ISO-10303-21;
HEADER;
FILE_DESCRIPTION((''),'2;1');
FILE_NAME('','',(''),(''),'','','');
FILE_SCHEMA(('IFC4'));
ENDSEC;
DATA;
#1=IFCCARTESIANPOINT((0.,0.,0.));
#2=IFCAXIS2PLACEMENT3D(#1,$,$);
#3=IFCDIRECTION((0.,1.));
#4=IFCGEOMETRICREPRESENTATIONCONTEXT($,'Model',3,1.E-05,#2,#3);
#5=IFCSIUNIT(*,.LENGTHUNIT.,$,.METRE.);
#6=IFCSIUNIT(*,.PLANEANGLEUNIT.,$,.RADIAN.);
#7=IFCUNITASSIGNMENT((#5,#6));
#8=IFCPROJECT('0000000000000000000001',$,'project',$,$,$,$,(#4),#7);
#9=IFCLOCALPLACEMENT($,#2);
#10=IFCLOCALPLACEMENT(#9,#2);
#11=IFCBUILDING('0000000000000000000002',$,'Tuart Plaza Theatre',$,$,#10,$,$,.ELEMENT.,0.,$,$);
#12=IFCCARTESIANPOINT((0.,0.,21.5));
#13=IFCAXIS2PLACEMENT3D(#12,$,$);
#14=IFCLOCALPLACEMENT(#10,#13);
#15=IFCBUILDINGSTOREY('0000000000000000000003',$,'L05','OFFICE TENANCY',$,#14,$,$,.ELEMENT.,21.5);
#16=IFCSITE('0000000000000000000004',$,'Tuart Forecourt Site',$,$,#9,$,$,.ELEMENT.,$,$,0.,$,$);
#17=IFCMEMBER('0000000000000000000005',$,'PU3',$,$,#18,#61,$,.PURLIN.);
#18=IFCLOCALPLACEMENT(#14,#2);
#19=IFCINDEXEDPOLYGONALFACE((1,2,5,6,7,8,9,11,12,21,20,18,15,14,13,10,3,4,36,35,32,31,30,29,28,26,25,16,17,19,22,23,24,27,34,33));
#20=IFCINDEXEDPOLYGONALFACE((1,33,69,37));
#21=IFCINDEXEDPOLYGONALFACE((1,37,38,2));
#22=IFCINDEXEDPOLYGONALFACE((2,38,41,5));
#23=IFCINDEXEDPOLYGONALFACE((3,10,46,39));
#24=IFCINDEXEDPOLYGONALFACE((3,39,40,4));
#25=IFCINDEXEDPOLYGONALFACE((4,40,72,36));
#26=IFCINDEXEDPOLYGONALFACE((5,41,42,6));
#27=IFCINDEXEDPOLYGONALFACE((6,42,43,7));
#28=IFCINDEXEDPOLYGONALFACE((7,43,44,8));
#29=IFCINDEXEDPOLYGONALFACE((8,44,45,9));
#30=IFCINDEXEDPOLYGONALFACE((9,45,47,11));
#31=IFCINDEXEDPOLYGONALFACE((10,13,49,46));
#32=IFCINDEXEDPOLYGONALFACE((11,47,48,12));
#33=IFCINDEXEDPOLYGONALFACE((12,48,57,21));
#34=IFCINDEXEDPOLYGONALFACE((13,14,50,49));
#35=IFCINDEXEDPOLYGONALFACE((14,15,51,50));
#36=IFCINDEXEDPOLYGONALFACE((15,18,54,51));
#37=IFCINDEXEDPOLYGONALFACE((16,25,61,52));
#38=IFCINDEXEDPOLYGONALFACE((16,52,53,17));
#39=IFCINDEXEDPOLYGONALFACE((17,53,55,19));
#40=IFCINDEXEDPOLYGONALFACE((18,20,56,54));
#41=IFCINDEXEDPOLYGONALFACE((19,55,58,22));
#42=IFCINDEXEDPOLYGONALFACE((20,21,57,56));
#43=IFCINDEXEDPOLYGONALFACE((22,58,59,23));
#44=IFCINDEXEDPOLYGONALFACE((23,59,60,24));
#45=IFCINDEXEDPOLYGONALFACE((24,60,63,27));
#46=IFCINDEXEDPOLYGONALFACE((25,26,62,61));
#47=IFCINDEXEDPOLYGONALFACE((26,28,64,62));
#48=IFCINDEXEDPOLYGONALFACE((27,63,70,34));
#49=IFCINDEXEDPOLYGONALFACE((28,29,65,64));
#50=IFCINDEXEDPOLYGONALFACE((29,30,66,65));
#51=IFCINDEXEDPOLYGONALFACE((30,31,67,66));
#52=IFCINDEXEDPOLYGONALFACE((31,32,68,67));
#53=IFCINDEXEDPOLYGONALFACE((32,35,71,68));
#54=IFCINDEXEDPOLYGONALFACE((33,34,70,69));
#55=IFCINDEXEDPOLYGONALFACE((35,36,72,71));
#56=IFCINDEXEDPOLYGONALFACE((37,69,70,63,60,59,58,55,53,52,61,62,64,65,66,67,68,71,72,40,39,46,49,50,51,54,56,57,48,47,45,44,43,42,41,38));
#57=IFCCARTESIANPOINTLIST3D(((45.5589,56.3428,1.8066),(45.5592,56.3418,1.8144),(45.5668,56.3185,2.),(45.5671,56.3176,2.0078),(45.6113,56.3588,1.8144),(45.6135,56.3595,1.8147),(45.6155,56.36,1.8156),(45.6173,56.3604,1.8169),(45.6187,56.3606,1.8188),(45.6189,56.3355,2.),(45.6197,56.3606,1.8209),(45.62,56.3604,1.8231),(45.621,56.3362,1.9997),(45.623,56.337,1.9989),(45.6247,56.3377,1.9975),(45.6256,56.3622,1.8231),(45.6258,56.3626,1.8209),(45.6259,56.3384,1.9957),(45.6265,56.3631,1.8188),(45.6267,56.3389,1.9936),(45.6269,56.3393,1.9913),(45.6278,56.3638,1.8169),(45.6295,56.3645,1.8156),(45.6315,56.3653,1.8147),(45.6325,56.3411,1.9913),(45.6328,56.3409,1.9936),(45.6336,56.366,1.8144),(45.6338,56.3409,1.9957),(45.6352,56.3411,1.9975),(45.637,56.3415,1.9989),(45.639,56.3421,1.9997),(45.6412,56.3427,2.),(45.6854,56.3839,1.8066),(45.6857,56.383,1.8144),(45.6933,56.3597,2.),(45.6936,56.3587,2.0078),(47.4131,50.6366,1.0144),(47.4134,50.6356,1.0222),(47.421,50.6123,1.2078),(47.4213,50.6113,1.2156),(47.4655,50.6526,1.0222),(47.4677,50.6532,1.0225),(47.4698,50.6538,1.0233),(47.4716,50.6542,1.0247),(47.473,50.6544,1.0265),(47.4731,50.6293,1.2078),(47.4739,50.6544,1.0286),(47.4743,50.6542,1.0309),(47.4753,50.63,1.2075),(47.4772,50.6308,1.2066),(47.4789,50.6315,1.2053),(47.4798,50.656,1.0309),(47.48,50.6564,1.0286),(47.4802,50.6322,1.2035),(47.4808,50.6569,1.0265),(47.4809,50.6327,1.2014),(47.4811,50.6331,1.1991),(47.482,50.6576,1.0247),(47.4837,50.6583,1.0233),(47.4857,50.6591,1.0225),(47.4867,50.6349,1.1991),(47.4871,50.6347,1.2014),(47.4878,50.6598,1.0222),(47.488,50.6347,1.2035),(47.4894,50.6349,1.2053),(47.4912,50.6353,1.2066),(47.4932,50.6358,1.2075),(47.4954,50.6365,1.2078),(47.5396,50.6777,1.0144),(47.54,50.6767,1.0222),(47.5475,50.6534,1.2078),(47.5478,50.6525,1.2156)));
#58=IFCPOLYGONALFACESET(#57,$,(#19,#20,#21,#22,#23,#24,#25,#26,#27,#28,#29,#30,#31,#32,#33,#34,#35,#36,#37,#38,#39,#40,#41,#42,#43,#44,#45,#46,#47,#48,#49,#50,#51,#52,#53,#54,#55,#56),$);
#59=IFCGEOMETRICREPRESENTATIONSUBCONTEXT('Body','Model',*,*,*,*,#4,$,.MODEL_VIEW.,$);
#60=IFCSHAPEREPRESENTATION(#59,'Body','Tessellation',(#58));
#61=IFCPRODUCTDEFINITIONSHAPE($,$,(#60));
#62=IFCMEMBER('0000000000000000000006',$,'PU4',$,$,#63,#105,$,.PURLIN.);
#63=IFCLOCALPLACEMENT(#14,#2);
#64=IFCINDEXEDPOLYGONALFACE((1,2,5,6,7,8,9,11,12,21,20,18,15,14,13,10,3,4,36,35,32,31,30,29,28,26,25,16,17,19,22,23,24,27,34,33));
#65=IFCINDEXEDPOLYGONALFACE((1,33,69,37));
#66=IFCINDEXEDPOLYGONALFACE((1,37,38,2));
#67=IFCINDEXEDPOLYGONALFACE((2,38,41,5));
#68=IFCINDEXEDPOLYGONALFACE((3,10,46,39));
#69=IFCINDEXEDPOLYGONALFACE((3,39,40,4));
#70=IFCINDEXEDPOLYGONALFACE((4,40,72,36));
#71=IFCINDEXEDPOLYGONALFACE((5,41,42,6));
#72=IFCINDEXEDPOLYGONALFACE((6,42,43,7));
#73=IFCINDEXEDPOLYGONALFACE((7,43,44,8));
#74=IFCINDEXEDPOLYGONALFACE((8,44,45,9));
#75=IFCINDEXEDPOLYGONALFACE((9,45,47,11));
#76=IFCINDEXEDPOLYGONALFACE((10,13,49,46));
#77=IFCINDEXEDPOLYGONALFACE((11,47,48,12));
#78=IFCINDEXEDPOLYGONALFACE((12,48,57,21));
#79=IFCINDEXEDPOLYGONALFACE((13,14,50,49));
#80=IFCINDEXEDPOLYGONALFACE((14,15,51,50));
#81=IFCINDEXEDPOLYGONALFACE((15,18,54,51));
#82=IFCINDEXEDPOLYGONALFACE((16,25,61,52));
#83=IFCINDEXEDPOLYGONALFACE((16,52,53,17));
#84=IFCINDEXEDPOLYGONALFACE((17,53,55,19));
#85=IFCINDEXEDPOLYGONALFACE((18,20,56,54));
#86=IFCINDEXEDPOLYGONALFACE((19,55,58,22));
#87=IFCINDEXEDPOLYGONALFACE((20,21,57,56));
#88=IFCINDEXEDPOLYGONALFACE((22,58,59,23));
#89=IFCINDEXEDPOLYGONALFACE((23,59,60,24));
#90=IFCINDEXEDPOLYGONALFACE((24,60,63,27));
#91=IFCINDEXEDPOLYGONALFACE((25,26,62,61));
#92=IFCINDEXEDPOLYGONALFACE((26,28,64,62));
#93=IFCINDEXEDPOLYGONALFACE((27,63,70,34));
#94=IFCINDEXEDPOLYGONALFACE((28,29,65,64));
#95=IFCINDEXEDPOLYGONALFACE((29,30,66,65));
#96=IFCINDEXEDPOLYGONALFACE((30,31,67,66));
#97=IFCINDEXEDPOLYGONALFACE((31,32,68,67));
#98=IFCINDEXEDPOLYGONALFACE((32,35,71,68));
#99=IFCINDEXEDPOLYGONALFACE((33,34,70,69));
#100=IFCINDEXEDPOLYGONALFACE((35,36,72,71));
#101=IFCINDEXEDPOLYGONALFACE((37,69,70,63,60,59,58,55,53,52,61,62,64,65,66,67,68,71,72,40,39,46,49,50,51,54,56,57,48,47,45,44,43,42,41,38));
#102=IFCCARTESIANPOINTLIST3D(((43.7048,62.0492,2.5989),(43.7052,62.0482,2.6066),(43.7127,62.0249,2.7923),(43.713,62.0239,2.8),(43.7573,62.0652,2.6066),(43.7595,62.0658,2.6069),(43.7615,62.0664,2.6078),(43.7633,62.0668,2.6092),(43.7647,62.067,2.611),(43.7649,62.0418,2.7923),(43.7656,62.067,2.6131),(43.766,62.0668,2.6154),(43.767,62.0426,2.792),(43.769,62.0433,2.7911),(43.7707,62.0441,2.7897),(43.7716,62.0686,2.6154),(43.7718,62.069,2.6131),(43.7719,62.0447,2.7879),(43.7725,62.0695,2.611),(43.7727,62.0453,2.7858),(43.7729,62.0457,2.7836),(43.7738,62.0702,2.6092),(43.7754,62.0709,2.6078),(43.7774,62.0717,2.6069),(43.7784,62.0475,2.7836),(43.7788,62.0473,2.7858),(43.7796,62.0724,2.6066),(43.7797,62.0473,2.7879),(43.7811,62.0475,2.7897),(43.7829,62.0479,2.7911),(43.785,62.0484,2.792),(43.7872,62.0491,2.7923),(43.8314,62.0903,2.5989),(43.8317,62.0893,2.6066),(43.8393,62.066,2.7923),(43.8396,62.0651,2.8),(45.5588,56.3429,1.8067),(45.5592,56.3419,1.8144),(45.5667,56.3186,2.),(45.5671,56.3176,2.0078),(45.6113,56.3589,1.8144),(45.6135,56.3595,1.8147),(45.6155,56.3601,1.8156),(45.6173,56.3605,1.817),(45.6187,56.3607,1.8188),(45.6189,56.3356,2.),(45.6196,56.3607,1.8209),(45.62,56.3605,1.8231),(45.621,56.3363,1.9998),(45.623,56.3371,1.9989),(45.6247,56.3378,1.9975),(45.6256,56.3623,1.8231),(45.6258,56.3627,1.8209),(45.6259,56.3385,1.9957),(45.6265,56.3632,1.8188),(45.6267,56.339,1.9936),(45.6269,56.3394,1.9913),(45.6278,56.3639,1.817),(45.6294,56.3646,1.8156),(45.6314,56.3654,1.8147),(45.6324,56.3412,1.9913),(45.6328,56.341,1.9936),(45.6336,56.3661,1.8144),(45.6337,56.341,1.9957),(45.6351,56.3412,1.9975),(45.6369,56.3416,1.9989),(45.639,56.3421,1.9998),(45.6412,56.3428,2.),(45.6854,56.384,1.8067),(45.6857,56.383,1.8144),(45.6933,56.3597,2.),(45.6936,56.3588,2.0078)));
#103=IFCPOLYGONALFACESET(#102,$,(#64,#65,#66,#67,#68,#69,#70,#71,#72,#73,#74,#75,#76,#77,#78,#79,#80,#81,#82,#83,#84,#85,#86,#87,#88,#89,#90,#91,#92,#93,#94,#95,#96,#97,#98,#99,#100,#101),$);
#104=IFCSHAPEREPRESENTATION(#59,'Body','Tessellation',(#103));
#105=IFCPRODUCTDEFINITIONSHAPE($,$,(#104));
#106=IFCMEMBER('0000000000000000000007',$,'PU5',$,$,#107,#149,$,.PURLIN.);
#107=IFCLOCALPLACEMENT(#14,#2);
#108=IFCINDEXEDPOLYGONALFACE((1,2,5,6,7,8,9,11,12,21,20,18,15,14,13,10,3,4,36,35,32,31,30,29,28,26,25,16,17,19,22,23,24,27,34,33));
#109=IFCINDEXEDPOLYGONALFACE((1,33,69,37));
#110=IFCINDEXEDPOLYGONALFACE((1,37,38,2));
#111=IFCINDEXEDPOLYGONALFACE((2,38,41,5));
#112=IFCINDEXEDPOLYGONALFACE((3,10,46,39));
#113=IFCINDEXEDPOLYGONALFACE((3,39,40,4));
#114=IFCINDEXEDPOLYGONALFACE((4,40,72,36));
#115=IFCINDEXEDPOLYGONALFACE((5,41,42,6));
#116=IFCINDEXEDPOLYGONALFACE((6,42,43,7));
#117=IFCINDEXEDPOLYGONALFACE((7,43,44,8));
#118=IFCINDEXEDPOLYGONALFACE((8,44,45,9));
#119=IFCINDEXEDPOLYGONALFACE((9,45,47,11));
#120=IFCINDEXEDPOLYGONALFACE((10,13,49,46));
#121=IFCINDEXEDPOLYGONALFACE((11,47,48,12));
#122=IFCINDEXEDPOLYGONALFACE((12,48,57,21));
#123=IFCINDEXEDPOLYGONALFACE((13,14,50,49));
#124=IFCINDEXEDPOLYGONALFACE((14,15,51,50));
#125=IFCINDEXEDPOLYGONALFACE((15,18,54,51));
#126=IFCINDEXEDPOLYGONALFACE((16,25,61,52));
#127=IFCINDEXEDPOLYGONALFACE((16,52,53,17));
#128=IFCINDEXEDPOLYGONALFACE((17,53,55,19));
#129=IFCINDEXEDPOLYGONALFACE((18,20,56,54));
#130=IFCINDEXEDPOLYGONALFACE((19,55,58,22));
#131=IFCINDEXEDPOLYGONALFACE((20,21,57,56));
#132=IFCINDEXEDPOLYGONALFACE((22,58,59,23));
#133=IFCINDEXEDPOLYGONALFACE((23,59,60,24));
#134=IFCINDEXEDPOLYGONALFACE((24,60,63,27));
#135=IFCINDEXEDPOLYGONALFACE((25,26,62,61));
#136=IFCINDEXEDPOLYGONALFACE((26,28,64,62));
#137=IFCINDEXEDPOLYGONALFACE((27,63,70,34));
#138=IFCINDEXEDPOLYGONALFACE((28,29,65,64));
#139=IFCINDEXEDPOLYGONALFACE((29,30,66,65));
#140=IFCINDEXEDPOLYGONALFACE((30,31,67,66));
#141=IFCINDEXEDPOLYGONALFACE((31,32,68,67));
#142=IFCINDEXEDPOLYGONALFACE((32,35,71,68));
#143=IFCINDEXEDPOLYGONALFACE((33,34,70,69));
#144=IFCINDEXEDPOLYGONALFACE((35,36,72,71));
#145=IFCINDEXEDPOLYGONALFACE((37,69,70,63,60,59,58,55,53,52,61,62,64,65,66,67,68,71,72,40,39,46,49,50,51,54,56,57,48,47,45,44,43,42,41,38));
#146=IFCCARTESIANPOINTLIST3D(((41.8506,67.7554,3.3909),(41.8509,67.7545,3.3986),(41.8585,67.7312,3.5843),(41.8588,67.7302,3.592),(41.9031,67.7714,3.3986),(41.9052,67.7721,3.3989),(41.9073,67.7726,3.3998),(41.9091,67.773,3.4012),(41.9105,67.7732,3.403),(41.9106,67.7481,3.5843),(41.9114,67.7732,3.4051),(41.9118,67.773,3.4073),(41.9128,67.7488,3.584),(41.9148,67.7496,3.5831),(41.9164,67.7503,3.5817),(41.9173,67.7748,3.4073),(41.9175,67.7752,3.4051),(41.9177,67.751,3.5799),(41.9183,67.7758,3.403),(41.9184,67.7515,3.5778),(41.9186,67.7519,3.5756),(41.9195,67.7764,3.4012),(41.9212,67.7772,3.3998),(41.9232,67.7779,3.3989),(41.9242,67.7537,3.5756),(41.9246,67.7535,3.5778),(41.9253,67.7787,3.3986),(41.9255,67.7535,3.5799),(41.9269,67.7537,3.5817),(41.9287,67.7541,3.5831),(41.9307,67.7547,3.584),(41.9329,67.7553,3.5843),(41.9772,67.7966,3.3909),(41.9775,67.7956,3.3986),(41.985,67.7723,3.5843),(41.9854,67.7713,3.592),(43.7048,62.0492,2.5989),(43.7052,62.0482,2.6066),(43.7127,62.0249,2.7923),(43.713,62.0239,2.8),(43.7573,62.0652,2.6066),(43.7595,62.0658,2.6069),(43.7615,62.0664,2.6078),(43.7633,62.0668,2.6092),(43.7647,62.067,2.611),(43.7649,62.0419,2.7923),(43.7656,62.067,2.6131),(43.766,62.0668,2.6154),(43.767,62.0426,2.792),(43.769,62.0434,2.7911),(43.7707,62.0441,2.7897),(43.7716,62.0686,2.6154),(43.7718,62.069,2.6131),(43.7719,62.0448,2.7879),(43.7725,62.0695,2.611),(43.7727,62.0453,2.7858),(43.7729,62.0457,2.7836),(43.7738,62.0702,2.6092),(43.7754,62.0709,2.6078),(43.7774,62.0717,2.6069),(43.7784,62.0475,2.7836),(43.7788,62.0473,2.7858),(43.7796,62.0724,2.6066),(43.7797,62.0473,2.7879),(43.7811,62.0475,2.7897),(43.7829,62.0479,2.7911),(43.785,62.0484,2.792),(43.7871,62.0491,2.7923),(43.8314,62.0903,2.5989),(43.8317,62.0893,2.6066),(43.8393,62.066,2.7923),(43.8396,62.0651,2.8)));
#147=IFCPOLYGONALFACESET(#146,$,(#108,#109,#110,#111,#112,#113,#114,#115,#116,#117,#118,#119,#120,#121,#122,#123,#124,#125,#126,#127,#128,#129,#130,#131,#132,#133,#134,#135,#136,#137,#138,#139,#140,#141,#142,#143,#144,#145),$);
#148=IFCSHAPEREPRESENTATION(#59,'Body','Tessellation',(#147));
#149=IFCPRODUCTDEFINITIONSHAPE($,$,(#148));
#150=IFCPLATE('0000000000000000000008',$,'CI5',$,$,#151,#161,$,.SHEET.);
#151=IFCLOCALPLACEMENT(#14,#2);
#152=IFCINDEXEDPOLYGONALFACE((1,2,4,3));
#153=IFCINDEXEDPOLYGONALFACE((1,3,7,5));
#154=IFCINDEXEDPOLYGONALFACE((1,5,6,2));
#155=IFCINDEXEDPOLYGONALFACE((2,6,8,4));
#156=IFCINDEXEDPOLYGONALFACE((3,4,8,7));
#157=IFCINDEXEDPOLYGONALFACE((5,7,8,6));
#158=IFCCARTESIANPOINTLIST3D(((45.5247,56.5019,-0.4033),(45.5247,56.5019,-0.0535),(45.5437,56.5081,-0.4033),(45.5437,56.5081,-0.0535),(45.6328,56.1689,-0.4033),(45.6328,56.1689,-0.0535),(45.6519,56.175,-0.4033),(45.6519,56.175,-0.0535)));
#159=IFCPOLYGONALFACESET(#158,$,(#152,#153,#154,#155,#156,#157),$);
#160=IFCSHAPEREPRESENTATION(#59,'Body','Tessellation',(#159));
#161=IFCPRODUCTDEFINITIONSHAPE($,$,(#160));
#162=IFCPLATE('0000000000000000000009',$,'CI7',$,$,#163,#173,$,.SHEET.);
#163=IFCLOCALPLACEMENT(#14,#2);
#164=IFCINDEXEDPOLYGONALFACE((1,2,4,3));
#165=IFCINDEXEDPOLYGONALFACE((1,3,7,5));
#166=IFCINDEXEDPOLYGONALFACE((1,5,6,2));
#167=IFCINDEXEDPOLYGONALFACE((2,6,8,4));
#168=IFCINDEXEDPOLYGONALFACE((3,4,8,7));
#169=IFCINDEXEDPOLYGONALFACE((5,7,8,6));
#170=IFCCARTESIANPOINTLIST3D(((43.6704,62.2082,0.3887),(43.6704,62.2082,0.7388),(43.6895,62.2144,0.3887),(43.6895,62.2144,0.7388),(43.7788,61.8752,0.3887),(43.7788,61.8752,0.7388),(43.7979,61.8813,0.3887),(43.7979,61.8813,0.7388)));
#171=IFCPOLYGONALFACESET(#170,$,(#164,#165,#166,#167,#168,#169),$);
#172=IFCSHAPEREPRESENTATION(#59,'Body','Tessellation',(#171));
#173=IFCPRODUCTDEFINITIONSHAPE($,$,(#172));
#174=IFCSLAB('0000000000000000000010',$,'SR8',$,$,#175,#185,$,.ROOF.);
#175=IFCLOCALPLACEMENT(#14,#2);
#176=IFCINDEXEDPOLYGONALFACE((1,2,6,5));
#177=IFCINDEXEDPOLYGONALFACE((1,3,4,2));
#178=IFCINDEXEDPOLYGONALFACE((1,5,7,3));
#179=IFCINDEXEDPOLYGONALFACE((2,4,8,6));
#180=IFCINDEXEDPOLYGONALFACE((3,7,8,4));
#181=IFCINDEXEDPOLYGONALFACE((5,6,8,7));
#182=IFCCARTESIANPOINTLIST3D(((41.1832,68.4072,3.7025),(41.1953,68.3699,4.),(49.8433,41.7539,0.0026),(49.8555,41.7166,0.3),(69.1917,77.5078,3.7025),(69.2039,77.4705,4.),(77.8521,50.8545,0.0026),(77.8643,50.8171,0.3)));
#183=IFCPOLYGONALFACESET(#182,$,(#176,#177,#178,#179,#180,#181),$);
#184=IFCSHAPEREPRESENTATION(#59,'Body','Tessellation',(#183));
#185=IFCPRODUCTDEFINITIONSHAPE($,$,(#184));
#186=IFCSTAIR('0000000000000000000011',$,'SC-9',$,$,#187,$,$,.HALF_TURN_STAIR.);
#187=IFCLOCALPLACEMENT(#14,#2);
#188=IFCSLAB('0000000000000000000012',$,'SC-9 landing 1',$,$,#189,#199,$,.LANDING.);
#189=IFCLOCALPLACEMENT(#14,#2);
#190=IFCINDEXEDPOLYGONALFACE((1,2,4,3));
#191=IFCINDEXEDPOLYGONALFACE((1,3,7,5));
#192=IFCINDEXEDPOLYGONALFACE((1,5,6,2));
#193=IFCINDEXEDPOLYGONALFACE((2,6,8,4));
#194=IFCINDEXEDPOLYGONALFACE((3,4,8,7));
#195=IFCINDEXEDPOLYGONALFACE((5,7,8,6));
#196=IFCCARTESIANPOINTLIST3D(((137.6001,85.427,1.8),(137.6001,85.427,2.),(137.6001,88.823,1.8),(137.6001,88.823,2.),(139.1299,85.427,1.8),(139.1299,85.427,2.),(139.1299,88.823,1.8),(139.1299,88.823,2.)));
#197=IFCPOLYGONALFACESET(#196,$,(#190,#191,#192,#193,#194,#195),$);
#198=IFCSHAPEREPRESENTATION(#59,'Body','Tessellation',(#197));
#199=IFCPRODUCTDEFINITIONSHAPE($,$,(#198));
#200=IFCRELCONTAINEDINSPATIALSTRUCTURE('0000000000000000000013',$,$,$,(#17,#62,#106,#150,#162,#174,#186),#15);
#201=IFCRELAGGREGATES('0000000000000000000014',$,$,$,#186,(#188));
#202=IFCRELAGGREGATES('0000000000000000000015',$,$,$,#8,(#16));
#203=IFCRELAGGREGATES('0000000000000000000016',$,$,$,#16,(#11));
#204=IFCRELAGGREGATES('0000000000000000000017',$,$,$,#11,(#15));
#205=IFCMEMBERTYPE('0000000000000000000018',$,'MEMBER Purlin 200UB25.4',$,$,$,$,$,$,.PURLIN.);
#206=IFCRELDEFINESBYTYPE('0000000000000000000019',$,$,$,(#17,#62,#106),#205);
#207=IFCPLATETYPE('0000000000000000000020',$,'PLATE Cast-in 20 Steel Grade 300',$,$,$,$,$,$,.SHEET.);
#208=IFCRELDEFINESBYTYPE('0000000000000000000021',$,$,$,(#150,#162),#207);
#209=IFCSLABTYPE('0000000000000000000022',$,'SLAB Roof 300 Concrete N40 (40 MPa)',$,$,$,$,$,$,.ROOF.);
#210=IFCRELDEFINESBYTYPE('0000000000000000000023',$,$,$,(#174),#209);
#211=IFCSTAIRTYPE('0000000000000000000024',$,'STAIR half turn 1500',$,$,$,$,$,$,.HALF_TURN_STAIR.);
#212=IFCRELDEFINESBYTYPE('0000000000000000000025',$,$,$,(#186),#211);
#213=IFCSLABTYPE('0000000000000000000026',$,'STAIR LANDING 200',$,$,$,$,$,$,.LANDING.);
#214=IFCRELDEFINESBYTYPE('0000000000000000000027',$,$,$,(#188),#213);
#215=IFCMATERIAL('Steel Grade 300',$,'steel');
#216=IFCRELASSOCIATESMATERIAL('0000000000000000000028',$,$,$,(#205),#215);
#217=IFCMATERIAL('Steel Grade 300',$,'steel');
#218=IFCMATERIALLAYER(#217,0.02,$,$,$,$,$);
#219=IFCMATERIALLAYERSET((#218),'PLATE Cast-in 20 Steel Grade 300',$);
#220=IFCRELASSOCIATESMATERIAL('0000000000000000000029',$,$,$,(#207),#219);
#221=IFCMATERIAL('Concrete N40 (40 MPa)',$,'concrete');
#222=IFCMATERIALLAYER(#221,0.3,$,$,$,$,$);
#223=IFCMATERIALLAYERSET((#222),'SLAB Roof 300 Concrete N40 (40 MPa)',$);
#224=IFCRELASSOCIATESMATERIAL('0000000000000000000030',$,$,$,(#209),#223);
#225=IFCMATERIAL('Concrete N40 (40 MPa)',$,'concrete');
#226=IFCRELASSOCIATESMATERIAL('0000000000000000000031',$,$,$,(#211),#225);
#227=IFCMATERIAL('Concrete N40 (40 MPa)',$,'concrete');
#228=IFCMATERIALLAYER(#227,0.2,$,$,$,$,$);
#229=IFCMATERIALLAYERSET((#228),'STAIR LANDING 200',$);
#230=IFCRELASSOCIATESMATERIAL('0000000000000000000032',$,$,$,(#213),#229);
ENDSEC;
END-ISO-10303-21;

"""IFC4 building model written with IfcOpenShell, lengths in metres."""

from ifc_helpers import new_model, si_unit, direction, frame, origin, origin_2d, place, context, subcontext, project, spatial, polyline, i_section, outline, extrude, material, layer, layer_set, material_profile, profile_set, type_object, element, aggregate, save


model = new_model("IFC4")

# Units and contexts
model_context = context("Model", 3, precision=1e-05, world=origin(), true_north=direction((0.0, 1.0)))
body_context = subcontext(model_context, "Body", "Model", "MODEL_VIEW")
ifc_project = project(units=[si_unit("LENGTHUNIT", "METRE"), si_unit("PLANEANGLEUNIT", "RADIAN")], contexts=[model_context])

# Site, building, storey
site_placement = place(None, origin())
site = spatial("IfcSite", under=ifc_project, at=site_placement, Name="Tuart Forecourt Site", CompositionType="ELEMENT", RefElevation=0.0)
building_placement = place(site_placement, origin())
building = spatial("IfcBuilding", under=site, at=building_placement, Name="Tuart Plaza Theatre", CompositionType="ELEMENT", ElevationOfRefHeight=0.0)
storey_placement = place(building_placement, frame((0.0, 0.0, 21.5)))
storey = spatial("IfcBuildingStorey", under=building, at=storey_placement, Name="L05", Description="OFFICE TENANCY", CompositionType="ELEMENT", Elevation=21.5)

# Members
ifc_material_1 = material(Name="Steel Grade 300", Category="steel")
ifc_material_profile_1 = material_profile(ifc_material_1, i_section(OverallWidth=0.1331, OverallDepth=0.2029, WebThickness=0.0059, FlangeThickness=0.0078, FilletRadius=0.0088, at=origin_2d()), Name="200UB25.4")
ifc_profile_set_1 = profile_set([ifc_material_profile_1], Name="Steel Grade 300")
member_type_1 = type_object("IfcMemberType", Name="MEMBER Purlin 200UB25.4", PredefinedType="PURLIN", material=ifc_profile_set_1)
for number, where, z_axis, x_axis, name in (
    (1, (47.4805, 50.6445, 1.115), (-0.306382, 0.942865, 0.130903), (-0.951049, -0.309041, 0.0), "PU3"),
    (2, (45.6262, 56.3508, 1.9072), (-0.306345, 0.942877, 0.130905), (-0.951061, -0.309004, 0.0), "PU4"),
    (3, (43.7722, 62.0571, 2.6995), (-0.306383, 0.94287, 0.130863), (-0.951049, -0.309041, 0.0), "PU5"),
):
    element("IfcMember", number, at=place(storey_placement, frame(where, z_axis=z_axis, x_axis=x_axis)), inside=storey, type_object=member_type_1, Name=name, PredefinedType="PURLIN", context=body_context, shape_type="SweptSolid", body=[
        extrude(i_section(OverallWidth=0.1331, OverallDepth=0.2029, WebThickness=0.0059, FlangeThickness=0.0078, FilletRadius=0.0088, at=origin_2d()), origin(), (0.0, 0.0, 1.0), 6.052),
    ])

# Plates
ifc_material_2 = material(Name="Steel Grade 300", Category="steel")
ifc_layer_1 = layer(ifc_material_2, 0.02)
ifc_layer_set_1 = layer_set([ifc_layer_1], Name="PLATE Cast-in 20 Steel Grade 300")
plate_type = type_object("IfcPlateType", Name="PLATE Cast-in 20 Steel Grade 300", PredefinedType="SHEET", material=ifc_layer_set_1)
plate_1_placement = place(storey_placement, frame((45.6519, 56.175, -0.4033), z_axis=(0.951096, 0.308897, 0.0), x_axis=(-0.308897, 0.951096, 0.0)))
element("IfcPlate", 4, at=plate_1_placement, inside=storey, type_object=plate_type, Name="CI5", PredefinedType="SHEET", context=body_context, shape_type="SweptSolid", body=[
    extrude(outline(polyline([(0.0, 0.0), (0.3501, 0.0), (0.3501, 0.3499), (0.0, 0.3499), (0.0, 0.0)])), origin(), (0.0, 0.0, -1.0), 0.02),
])
plate_2_placement = place(storey_placement, frame((43.7979, 61.8813, 0.3887), z_axis=(0.950891, 0.309527, 0.0), x_axis=(-0.309527, 0.950891, 0.0)))
element("IfcPlate", 5, at=plate_2_placement, inside=storey, type_object=plate_type, Name="CI7", PredefinedType="SHEET", context=body_context, shape_type="SweptSolid", body=[
    extrude(outline(polyline([(0.0, 0.0), (0.3502, 0.0), (0.3502, 0.3501), (0.0, 0.3501), (0.0, 0.0)])), origin(), (0.0, 0.0, -1.0), 0.02),
])

# Slab
ifc_material_3 = material(Name="Concrete N40 (40 MPa)", Category="concrete")
ifc_layer_2 = layer(ifc_material_3, 0.3)
ifc_layer_set_2 = layer_set([ifc_layer_2], Name="SLAB Roof 300 Concrete N40 (40 MPa)")
slab_type_1 = type_object("IfcSlabType", Name="SLAB Roof 300 Concrete N40 (40 MPa)", PredefinedType="ROOF", material=ifc_layer_set_2)
slab_1_placement = place(storey_placement, frame((49.8555, 41.7166, 0.3), z_axis=(0.040447, -0.124481, 0.991397), x_axis=(0.951057, 0.309016, 0.0)))
element("IfcSlab", 6, at=slab_1_placement, inside=storey, type_object=slab_type_1, Name="SR8", PredefinedType="ROOF", context=body_context, shape_type="SweptSolid", body=[
    extrude(outline(polyline([(0.0, 0.0), (29.4502, 0.0), (29.45, 28.2682), (0.0, 28.2681), (0.0, 0.0)])), origin(), (0.0, 0.0, -1.0), 0.3),
])

# Stair, slab
ifc_material_4 = material(Name="Concrete N40 (40 MPa)", Category="concrete")
stair_type = type_object("IfcStairType", Name="STAIR half turn 1500", PredefinedType="HALF_TURN_STAIR", material=ifc_material_4)
stair_1_placement = place(storey_placement, origin())
stair_1 = element("IfcStair", 7, at=stair_1_placement, inside=storey, type_object=stair_type, Name="SC-9", PredefinedType="HALF_TURN_STAIR")
ifc_material_5 = material(Name="Concrete N40 (40 MPa)", Category="concrete")
ifc_layer_3 = layer(ifc_material_5, 0.2)
ifc_layer_set_3 = layer_set([ifc_layer_3], Name="STAIR LANDING 200")
slab_type_2 = type_object("IfcSlabType", Name="STAIR LANDING 200", PredefinedType="LANDING", material=ifc_layer_set_3)
slab_2_placement = place(storey_placement, frame((0.0, 0.0, 1.8)))
slab_2 = element("IfcSlab", 8, at=slab_2_placement, type_object=slab_type_2, Name="SC-9 landing 1", PredefinedType="LANDING", context=body_context, shape_type="SweptSolid", body=[
    extrude(outline(polyline([(137.6001, 85.427), (139.1299, 85.427), (139.1299, 88.823), (137.6001, 88.823), (137.6001, 85.427)])), origin(), (0.0, 0.0, 1.0), 0.2),
])
aggregate(stair_1, [slab_2])

save(model, "model.ifc")
